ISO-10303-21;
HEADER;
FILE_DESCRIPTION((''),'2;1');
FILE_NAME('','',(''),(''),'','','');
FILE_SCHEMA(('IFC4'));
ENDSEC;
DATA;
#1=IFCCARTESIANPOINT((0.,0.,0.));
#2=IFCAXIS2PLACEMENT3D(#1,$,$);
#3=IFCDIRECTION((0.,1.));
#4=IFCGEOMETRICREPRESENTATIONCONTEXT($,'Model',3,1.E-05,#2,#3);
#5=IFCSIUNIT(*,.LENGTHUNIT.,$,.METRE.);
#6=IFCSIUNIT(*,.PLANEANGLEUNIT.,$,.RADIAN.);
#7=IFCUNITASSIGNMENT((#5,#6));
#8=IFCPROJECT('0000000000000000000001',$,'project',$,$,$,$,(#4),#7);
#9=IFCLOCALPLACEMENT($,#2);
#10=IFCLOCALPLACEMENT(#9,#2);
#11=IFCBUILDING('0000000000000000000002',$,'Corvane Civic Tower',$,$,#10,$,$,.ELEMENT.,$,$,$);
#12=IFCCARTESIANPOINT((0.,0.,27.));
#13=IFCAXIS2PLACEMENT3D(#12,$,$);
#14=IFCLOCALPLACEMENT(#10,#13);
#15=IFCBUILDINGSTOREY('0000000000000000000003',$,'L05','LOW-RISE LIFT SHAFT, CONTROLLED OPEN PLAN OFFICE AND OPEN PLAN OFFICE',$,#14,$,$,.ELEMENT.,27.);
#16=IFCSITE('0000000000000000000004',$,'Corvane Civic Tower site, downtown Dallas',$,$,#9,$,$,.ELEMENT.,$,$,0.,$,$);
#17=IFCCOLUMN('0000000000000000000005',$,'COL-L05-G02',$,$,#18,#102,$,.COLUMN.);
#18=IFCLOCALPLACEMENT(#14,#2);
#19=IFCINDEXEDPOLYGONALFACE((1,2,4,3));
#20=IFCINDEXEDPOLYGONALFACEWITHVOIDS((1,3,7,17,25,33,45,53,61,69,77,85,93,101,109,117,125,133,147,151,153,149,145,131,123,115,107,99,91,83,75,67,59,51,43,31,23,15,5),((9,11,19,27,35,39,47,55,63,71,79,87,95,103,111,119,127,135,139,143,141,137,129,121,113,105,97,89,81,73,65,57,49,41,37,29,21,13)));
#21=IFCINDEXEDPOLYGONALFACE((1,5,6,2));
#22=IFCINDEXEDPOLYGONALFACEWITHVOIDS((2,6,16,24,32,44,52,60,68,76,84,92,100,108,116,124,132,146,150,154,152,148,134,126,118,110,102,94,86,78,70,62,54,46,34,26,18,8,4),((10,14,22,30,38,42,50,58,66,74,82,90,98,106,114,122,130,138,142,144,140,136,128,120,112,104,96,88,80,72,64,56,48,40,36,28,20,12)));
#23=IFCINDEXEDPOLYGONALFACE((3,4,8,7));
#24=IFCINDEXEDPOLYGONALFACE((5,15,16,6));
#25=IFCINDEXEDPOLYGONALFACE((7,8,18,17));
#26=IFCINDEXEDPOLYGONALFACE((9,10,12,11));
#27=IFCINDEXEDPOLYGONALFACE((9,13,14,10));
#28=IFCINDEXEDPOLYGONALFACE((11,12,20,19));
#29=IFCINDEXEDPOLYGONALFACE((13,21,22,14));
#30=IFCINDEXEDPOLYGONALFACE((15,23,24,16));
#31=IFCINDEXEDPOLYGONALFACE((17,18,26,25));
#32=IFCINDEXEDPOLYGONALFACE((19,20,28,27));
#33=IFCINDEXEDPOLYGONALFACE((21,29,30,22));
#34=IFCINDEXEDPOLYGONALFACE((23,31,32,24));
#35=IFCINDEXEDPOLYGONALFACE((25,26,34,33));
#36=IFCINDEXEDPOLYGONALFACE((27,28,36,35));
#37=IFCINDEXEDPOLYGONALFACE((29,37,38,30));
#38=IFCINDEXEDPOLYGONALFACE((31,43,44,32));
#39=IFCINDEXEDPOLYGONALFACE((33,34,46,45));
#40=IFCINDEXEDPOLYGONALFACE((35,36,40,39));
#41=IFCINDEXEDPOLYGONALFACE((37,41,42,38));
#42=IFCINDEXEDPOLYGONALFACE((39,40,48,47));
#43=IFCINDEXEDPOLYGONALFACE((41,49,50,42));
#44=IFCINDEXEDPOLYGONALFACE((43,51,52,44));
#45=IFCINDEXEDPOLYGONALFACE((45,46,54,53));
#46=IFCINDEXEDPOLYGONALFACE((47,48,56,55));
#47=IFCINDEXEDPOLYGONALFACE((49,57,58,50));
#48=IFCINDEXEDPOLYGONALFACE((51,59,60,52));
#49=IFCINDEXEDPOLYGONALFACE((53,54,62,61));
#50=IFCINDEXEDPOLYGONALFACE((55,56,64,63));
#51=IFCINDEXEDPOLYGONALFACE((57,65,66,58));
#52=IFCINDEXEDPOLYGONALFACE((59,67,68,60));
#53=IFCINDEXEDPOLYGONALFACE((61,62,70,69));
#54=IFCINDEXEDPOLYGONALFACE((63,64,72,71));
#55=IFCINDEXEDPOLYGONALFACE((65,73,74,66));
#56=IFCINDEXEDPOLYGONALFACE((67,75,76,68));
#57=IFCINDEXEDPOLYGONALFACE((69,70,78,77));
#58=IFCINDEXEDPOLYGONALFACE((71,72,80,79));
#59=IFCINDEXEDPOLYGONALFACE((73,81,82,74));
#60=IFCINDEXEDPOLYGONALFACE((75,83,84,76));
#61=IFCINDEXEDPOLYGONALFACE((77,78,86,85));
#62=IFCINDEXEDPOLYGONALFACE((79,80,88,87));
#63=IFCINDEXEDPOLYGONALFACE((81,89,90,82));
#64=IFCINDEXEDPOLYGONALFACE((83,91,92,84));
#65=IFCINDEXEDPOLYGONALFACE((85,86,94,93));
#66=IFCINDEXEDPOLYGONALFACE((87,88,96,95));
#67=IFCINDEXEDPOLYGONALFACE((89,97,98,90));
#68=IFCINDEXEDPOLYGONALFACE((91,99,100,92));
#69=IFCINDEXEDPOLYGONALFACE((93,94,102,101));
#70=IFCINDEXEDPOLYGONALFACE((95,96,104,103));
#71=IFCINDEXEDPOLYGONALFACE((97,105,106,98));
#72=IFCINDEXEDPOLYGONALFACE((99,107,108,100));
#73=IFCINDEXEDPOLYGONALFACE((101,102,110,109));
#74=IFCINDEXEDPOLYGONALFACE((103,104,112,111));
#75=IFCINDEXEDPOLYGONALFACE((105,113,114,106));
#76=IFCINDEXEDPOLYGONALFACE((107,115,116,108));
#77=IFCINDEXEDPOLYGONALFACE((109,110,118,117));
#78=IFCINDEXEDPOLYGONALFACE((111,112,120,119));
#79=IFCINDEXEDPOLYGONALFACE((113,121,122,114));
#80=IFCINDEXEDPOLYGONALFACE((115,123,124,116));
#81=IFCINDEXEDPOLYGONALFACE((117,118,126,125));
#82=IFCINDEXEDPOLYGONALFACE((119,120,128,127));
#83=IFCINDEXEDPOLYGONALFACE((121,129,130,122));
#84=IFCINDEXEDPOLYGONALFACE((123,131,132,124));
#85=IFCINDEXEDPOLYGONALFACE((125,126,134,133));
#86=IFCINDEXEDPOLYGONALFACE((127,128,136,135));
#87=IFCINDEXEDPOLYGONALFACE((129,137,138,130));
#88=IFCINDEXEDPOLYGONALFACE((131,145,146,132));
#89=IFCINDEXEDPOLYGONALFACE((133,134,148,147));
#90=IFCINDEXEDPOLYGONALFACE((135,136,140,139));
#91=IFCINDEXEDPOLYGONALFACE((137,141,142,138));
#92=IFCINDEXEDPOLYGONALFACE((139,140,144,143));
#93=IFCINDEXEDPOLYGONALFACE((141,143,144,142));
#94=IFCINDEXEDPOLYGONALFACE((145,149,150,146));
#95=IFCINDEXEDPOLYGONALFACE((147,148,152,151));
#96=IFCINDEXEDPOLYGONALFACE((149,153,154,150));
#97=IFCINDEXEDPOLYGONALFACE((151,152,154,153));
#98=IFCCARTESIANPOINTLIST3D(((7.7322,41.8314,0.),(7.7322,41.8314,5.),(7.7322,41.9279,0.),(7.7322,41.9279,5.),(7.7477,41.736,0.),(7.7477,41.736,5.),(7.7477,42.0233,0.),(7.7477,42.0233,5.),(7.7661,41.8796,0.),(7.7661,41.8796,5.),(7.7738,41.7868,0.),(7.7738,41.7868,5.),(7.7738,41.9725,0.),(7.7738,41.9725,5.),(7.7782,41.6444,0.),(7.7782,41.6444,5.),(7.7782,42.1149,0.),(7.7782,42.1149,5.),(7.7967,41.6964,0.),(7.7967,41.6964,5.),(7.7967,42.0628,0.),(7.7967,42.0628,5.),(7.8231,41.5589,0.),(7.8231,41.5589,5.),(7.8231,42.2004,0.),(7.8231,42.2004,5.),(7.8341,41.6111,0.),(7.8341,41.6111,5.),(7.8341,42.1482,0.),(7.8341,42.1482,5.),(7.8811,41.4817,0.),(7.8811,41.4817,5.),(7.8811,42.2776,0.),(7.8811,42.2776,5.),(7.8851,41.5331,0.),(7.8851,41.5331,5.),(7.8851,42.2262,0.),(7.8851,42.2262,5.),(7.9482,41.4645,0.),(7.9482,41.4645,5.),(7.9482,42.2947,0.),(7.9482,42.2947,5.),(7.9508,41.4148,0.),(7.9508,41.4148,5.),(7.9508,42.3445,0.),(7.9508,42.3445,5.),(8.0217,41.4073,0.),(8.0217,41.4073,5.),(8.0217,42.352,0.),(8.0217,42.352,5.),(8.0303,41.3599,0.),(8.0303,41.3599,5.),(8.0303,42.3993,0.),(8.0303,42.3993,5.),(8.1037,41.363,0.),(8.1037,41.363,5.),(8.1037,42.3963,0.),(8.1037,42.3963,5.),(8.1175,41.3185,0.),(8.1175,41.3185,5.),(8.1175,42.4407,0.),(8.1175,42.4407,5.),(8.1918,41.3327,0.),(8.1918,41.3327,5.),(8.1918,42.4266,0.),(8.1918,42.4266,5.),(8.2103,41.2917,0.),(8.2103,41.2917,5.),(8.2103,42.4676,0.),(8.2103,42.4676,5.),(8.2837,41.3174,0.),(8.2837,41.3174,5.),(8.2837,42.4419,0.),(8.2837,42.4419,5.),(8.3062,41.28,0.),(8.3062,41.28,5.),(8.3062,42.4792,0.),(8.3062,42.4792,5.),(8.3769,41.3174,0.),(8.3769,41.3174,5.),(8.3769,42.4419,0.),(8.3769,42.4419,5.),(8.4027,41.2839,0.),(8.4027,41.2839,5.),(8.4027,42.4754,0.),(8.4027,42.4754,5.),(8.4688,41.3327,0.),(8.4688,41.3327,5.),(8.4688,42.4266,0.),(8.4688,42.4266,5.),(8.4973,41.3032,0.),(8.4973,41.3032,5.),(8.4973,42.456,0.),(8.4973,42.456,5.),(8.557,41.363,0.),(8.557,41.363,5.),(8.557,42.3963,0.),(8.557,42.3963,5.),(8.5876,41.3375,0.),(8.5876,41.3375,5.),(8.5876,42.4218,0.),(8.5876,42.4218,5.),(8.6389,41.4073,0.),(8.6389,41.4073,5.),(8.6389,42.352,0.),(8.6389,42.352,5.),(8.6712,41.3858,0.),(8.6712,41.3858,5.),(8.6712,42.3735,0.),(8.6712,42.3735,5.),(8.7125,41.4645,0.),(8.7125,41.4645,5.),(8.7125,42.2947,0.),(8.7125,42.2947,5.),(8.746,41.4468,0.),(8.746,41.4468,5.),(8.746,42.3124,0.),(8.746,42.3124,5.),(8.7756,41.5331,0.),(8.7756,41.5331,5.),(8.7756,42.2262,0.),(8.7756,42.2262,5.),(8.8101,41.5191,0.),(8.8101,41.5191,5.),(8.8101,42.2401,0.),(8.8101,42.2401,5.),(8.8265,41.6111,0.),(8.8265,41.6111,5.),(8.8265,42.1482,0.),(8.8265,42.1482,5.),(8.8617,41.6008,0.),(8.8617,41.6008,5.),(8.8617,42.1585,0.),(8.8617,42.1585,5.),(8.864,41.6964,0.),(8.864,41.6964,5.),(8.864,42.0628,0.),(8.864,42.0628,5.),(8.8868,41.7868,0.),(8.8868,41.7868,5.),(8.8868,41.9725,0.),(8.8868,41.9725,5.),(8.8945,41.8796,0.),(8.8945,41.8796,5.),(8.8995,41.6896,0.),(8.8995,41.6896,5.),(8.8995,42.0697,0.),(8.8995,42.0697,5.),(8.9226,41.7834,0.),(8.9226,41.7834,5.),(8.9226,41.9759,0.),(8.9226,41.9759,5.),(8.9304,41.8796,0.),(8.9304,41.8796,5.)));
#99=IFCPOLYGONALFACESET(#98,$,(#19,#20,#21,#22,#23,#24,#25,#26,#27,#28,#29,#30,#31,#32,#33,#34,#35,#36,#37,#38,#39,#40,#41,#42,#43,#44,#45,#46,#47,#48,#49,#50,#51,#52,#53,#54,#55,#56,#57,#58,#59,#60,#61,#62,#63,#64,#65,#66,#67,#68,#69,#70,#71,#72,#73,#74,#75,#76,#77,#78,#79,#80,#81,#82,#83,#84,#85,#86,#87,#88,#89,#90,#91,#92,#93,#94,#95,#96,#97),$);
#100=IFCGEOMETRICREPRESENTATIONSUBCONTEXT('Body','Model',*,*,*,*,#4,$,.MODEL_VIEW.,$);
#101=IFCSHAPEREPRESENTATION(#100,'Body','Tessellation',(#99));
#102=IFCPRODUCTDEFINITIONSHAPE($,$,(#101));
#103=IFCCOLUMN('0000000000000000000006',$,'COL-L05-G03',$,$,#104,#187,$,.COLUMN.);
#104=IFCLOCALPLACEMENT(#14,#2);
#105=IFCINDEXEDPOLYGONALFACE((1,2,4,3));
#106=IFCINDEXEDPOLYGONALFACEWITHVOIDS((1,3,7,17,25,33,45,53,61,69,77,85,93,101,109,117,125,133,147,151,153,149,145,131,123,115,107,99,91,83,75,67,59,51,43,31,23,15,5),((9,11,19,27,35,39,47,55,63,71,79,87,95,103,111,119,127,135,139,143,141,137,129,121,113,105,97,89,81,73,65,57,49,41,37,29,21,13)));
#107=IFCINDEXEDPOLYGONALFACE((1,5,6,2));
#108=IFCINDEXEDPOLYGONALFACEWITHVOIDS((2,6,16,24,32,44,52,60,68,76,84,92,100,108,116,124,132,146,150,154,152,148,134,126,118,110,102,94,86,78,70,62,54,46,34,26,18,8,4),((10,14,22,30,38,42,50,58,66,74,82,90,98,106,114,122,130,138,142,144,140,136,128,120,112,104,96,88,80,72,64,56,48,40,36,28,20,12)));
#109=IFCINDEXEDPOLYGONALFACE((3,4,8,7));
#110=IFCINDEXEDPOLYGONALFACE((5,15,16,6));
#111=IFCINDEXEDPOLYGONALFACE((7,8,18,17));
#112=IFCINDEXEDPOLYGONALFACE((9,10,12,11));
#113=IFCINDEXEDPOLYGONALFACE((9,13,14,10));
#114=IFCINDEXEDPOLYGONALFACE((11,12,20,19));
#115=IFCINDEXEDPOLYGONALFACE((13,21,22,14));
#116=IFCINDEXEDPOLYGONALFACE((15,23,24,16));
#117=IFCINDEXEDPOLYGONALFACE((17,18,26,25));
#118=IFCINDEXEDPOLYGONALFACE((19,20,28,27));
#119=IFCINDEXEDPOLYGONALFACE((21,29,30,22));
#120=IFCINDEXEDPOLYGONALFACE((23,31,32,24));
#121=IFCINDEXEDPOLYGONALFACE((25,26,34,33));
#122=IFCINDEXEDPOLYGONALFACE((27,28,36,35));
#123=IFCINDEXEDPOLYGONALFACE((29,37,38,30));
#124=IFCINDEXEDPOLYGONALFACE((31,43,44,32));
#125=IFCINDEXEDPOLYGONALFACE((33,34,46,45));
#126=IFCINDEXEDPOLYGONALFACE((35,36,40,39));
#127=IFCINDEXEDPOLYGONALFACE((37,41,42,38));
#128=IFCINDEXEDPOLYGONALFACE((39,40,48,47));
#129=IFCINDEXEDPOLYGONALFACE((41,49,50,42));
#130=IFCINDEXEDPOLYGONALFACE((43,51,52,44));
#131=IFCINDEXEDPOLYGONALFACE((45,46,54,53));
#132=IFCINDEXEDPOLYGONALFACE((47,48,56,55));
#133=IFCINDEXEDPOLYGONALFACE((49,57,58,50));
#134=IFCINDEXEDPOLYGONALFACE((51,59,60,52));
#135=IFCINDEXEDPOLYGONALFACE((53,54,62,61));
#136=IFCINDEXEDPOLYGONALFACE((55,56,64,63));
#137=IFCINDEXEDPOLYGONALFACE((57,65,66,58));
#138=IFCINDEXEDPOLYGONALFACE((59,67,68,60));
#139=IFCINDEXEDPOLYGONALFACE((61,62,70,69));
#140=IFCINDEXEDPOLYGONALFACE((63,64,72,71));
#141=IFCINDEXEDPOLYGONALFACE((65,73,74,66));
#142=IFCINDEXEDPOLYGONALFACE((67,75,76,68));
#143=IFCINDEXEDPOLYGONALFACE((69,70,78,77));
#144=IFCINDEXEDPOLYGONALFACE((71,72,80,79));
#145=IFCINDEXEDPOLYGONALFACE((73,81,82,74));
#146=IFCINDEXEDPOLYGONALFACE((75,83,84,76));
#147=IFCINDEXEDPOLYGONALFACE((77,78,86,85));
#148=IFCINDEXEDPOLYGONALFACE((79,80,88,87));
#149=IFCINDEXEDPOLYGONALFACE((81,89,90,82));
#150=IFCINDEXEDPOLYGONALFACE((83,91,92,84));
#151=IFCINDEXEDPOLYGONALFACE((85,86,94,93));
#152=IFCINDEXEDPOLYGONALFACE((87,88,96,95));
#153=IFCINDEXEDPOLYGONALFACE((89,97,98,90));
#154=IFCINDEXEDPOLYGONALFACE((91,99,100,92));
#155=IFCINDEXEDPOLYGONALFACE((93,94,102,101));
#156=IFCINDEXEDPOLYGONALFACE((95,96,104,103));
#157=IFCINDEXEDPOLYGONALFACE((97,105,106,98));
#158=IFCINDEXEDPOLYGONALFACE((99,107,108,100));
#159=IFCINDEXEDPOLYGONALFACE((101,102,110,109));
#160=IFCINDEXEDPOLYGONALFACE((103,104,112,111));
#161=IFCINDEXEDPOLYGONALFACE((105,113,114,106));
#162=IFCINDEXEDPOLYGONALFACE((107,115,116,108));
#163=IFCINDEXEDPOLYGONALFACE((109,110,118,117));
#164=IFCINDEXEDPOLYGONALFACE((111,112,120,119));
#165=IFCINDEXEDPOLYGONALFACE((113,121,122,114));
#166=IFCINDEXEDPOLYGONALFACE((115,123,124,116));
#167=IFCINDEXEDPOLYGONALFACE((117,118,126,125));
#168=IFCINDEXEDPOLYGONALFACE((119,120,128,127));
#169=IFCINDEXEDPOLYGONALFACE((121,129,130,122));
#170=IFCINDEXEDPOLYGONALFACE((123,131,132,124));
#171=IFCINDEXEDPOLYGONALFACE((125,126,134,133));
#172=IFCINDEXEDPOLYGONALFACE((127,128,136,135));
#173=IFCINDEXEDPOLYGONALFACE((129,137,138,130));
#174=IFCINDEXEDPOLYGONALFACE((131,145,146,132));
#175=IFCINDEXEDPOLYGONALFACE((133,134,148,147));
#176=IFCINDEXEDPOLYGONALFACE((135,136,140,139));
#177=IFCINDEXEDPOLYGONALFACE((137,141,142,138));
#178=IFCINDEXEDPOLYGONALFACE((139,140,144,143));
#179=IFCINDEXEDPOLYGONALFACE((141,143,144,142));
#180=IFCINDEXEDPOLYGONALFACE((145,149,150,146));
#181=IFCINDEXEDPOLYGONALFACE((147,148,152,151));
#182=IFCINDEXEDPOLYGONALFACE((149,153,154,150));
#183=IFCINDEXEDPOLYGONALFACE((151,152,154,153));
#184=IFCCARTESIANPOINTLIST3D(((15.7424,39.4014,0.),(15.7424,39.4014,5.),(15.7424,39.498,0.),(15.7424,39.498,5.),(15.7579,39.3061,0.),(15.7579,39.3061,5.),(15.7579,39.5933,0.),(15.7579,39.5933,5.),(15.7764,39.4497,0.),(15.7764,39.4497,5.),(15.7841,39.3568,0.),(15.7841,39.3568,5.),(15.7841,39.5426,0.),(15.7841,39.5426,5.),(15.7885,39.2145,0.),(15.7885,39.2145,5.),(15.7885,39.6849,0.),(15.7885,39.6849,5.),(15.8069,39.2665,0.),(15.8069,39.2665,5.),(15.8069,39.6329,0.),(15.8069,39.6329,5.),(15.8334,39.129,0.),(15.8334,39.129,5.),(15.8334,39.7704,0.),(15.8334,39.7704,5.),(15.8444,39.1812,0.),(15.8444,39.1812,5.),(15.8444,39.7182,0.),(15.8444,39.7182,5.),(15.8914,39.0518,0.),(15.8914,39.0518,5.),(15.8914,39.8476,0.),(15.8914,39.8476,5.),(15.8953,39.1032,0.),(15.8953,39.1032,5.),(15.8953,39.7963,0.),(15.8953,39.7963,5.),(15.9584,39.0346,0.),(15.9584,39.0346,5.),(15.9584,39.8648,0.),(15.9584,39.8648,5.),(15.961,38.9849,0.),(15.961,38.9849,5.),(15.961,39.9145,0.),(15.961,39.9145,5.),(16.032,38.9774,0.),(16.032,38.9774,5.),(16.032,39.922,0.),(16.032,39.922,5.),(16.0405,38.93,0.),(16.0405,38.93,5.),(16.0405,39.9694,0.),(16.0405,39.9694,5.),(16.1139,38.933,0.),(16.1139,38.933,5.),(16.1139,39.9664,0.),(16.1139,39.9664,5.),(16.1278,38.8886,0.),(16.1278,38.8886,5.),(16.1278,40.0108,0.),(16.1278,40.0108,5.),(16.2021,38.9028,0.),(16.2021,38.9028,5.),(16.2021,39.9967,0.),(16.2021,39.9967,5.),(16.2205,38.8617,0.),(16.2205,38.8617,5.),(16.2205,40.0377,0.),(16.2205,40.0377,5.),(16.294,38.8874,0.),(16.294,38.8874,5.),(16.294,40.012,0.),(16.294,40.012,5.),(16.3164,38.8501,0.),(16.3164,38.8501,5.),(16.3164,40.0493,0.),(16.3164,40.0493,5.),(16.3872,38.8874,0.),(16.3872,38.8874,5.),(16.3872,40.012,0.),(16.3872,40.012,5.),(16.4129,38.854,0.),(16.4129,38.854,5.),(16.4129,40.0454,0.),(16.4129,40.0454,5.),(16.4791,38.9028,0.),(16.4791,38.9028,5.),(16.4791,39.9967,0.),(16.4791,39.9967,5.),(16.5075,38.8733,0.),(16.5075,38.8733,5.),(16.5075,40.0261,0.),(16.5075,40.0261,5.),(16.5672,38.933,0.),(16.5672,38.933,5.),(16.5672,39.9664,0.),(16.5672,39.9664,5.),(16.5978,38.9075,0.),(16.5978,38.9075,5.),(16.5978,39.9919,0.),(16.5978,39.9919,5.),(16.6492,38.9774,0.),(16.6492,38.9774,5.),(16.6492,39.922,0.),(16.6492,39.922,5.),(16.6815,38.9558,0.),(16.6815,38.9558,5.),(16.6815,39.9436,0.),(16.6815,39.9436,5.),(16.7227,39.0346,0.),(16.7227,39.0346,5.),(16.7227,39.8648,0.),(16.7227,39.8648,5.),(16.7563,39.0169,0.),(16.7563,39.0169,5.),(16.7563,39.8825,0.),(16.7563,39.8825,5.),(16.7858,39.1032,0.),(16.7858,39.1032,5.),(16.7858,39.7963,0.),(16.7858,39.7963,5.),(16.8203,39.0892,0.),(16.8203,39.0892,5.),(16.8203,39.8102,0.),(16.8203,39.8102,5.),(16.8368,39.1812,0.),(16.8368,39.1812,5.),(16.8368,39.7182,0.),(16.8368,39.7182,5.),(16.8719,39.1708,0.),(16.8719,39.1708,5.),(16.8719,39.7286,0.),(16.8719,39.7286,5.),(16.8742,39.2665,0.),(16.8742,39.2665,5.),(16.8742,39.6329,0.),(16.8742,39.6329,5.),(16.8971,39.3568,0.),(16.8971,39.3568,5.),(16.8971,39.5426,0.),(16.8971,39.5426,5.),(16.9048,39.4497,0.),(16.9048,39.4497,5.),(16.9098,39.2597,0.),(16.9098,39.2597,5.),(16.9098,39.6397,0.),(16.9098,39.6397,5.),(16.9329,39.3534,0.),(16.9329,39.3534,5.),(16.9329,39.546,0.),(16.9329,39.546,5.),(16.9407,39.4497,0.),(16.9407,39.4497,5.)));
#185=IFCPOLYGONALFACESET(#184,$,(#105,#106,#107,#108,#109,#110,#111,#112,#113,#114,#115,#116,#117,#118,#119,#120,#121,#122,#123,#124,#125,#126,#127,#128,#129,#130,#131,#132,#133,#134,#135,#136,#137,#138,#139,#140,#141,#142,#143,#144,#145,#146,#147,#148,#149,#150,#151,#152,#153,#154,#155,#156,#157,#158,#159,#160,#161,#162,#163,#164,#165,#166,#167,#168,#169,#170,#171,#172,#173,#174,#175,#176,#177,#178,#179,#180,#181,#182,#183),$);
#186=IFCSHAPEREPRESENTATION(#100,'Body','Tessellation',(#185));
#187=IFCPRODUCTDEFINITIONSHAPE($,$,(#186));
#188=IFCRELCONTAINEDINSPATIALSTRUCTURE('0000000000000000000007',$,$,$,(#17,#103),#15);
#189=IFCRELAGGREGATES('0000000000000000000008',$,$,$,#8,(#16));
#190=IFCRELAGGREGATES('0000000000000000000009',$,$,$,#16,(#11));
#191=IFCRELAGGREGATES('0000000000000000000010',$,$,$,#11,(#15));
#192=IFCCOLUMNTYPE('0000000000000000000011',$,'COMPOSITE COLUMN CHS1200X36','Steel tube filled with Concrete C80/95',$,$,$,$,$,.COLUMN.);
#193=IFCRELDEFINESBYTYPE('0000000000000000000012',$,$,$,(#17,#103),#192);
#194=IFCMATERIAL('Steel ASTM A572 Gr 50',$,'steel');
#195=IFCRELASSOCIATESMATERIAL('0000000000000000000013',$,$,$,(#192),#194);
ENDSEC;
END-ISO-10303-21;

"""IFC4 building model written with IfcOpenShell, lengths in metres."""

from ifc_helpers import new_model, si_unit, direction, frame, origin, origin_2d, place, context, subcontext, project, spatial, hollow_circle, extrude, material, material_profile, profile_set, type_object, element, save


model = new_model("IFC4")

# Units and contexts
model_context = context("Model", 3, precision=1e-05, world=origin(), true_north=direction((0.0, 1.0)))
body_context = subcontext(model_context, "Body", "Model", "MODEL_VIEW")
ifc_project = project(units=[si_unit("LENGTHUNIT", "METRE"), si_unit("PLANEANGLEUNIT", "RADIAN")], contexts=[model_context])

# Site, building, storey
site_placement = place(None, origin())
site = spatial("IfcSite", under=ifc_project, at=site_placement, Name="Corvane Civic Tower site, downtown Dallas", CompositionType="ELEMENT", RefElevation=0.0)
building_placement = place(site_placement, origin())
building = spatial("IfcBuilding", under=site, at=building_placement, Name="Corvane Civic Tower", CompositionType="ELEMENT")
storey_placement = place(building_placement, frame((0.0, 0.0, 27.0)))
storey = spatial("IfcBuildingStorey", under=building, at=storey_placement, Name="L05", Description="LOW-RISE LIFT SHAFT, CONTROLLED OPEN PLAN OFFICE AND OPEN PLAN OFFICE", CompositionType="ELEMENT", Elevation=27.0)

# Columns
ifc_material_1 = material(Name="Steel ASTM A572 Gr 50", Category="steel")
ifc_material_profile_1 = material_profile(ifc_material_1, hollow_circle(Radius=0.6001, WallThickness=0.0359, at=origin_2d()), Name="CHS1200X36")
ifc_profile_set_1 = profile_set([ifc_material_profile_1], Name="Steel ASTM A572 Gr 50")
column_type_1 = type_object("IfcColumnType", Name="COMPOSITE COLUMN CHS1200X36", Description="Steel tube filled with Concrete C80/95", PredefinedType="COLUMN", material=ifc_profile_set_1)
for number, where, z_axis, x_axis, name in (
    (1, (8.3303, 41.8796, 0.0), (0.0, 0.0, 1.0), (1.0, 0.0, 0.0), "COL-L05-G02"),
    (2, (16.3406, 39.4497, 0.0), (0.0, 0.0, 1.0), (1.0, 0.0, 0.0), "COL-L05-G03"),
):
    element("IfcColumn", number, at=place(storey_placement, frame(where, z_axis=z_axis, x_axis=x_axis)), inside=storey, type_object=column_type_1, Name=name, PredefinedType="COLUMN", context=body_context, shape_type="SweptSolid", body=[
        extrude(hollow_circle(Radius=0.6001, WallThickness=0.0359, at=origin_2d()), origin(), (0.0, 0.0, 1.0), 5.0),
    ])

save(model, "model.ifc")
